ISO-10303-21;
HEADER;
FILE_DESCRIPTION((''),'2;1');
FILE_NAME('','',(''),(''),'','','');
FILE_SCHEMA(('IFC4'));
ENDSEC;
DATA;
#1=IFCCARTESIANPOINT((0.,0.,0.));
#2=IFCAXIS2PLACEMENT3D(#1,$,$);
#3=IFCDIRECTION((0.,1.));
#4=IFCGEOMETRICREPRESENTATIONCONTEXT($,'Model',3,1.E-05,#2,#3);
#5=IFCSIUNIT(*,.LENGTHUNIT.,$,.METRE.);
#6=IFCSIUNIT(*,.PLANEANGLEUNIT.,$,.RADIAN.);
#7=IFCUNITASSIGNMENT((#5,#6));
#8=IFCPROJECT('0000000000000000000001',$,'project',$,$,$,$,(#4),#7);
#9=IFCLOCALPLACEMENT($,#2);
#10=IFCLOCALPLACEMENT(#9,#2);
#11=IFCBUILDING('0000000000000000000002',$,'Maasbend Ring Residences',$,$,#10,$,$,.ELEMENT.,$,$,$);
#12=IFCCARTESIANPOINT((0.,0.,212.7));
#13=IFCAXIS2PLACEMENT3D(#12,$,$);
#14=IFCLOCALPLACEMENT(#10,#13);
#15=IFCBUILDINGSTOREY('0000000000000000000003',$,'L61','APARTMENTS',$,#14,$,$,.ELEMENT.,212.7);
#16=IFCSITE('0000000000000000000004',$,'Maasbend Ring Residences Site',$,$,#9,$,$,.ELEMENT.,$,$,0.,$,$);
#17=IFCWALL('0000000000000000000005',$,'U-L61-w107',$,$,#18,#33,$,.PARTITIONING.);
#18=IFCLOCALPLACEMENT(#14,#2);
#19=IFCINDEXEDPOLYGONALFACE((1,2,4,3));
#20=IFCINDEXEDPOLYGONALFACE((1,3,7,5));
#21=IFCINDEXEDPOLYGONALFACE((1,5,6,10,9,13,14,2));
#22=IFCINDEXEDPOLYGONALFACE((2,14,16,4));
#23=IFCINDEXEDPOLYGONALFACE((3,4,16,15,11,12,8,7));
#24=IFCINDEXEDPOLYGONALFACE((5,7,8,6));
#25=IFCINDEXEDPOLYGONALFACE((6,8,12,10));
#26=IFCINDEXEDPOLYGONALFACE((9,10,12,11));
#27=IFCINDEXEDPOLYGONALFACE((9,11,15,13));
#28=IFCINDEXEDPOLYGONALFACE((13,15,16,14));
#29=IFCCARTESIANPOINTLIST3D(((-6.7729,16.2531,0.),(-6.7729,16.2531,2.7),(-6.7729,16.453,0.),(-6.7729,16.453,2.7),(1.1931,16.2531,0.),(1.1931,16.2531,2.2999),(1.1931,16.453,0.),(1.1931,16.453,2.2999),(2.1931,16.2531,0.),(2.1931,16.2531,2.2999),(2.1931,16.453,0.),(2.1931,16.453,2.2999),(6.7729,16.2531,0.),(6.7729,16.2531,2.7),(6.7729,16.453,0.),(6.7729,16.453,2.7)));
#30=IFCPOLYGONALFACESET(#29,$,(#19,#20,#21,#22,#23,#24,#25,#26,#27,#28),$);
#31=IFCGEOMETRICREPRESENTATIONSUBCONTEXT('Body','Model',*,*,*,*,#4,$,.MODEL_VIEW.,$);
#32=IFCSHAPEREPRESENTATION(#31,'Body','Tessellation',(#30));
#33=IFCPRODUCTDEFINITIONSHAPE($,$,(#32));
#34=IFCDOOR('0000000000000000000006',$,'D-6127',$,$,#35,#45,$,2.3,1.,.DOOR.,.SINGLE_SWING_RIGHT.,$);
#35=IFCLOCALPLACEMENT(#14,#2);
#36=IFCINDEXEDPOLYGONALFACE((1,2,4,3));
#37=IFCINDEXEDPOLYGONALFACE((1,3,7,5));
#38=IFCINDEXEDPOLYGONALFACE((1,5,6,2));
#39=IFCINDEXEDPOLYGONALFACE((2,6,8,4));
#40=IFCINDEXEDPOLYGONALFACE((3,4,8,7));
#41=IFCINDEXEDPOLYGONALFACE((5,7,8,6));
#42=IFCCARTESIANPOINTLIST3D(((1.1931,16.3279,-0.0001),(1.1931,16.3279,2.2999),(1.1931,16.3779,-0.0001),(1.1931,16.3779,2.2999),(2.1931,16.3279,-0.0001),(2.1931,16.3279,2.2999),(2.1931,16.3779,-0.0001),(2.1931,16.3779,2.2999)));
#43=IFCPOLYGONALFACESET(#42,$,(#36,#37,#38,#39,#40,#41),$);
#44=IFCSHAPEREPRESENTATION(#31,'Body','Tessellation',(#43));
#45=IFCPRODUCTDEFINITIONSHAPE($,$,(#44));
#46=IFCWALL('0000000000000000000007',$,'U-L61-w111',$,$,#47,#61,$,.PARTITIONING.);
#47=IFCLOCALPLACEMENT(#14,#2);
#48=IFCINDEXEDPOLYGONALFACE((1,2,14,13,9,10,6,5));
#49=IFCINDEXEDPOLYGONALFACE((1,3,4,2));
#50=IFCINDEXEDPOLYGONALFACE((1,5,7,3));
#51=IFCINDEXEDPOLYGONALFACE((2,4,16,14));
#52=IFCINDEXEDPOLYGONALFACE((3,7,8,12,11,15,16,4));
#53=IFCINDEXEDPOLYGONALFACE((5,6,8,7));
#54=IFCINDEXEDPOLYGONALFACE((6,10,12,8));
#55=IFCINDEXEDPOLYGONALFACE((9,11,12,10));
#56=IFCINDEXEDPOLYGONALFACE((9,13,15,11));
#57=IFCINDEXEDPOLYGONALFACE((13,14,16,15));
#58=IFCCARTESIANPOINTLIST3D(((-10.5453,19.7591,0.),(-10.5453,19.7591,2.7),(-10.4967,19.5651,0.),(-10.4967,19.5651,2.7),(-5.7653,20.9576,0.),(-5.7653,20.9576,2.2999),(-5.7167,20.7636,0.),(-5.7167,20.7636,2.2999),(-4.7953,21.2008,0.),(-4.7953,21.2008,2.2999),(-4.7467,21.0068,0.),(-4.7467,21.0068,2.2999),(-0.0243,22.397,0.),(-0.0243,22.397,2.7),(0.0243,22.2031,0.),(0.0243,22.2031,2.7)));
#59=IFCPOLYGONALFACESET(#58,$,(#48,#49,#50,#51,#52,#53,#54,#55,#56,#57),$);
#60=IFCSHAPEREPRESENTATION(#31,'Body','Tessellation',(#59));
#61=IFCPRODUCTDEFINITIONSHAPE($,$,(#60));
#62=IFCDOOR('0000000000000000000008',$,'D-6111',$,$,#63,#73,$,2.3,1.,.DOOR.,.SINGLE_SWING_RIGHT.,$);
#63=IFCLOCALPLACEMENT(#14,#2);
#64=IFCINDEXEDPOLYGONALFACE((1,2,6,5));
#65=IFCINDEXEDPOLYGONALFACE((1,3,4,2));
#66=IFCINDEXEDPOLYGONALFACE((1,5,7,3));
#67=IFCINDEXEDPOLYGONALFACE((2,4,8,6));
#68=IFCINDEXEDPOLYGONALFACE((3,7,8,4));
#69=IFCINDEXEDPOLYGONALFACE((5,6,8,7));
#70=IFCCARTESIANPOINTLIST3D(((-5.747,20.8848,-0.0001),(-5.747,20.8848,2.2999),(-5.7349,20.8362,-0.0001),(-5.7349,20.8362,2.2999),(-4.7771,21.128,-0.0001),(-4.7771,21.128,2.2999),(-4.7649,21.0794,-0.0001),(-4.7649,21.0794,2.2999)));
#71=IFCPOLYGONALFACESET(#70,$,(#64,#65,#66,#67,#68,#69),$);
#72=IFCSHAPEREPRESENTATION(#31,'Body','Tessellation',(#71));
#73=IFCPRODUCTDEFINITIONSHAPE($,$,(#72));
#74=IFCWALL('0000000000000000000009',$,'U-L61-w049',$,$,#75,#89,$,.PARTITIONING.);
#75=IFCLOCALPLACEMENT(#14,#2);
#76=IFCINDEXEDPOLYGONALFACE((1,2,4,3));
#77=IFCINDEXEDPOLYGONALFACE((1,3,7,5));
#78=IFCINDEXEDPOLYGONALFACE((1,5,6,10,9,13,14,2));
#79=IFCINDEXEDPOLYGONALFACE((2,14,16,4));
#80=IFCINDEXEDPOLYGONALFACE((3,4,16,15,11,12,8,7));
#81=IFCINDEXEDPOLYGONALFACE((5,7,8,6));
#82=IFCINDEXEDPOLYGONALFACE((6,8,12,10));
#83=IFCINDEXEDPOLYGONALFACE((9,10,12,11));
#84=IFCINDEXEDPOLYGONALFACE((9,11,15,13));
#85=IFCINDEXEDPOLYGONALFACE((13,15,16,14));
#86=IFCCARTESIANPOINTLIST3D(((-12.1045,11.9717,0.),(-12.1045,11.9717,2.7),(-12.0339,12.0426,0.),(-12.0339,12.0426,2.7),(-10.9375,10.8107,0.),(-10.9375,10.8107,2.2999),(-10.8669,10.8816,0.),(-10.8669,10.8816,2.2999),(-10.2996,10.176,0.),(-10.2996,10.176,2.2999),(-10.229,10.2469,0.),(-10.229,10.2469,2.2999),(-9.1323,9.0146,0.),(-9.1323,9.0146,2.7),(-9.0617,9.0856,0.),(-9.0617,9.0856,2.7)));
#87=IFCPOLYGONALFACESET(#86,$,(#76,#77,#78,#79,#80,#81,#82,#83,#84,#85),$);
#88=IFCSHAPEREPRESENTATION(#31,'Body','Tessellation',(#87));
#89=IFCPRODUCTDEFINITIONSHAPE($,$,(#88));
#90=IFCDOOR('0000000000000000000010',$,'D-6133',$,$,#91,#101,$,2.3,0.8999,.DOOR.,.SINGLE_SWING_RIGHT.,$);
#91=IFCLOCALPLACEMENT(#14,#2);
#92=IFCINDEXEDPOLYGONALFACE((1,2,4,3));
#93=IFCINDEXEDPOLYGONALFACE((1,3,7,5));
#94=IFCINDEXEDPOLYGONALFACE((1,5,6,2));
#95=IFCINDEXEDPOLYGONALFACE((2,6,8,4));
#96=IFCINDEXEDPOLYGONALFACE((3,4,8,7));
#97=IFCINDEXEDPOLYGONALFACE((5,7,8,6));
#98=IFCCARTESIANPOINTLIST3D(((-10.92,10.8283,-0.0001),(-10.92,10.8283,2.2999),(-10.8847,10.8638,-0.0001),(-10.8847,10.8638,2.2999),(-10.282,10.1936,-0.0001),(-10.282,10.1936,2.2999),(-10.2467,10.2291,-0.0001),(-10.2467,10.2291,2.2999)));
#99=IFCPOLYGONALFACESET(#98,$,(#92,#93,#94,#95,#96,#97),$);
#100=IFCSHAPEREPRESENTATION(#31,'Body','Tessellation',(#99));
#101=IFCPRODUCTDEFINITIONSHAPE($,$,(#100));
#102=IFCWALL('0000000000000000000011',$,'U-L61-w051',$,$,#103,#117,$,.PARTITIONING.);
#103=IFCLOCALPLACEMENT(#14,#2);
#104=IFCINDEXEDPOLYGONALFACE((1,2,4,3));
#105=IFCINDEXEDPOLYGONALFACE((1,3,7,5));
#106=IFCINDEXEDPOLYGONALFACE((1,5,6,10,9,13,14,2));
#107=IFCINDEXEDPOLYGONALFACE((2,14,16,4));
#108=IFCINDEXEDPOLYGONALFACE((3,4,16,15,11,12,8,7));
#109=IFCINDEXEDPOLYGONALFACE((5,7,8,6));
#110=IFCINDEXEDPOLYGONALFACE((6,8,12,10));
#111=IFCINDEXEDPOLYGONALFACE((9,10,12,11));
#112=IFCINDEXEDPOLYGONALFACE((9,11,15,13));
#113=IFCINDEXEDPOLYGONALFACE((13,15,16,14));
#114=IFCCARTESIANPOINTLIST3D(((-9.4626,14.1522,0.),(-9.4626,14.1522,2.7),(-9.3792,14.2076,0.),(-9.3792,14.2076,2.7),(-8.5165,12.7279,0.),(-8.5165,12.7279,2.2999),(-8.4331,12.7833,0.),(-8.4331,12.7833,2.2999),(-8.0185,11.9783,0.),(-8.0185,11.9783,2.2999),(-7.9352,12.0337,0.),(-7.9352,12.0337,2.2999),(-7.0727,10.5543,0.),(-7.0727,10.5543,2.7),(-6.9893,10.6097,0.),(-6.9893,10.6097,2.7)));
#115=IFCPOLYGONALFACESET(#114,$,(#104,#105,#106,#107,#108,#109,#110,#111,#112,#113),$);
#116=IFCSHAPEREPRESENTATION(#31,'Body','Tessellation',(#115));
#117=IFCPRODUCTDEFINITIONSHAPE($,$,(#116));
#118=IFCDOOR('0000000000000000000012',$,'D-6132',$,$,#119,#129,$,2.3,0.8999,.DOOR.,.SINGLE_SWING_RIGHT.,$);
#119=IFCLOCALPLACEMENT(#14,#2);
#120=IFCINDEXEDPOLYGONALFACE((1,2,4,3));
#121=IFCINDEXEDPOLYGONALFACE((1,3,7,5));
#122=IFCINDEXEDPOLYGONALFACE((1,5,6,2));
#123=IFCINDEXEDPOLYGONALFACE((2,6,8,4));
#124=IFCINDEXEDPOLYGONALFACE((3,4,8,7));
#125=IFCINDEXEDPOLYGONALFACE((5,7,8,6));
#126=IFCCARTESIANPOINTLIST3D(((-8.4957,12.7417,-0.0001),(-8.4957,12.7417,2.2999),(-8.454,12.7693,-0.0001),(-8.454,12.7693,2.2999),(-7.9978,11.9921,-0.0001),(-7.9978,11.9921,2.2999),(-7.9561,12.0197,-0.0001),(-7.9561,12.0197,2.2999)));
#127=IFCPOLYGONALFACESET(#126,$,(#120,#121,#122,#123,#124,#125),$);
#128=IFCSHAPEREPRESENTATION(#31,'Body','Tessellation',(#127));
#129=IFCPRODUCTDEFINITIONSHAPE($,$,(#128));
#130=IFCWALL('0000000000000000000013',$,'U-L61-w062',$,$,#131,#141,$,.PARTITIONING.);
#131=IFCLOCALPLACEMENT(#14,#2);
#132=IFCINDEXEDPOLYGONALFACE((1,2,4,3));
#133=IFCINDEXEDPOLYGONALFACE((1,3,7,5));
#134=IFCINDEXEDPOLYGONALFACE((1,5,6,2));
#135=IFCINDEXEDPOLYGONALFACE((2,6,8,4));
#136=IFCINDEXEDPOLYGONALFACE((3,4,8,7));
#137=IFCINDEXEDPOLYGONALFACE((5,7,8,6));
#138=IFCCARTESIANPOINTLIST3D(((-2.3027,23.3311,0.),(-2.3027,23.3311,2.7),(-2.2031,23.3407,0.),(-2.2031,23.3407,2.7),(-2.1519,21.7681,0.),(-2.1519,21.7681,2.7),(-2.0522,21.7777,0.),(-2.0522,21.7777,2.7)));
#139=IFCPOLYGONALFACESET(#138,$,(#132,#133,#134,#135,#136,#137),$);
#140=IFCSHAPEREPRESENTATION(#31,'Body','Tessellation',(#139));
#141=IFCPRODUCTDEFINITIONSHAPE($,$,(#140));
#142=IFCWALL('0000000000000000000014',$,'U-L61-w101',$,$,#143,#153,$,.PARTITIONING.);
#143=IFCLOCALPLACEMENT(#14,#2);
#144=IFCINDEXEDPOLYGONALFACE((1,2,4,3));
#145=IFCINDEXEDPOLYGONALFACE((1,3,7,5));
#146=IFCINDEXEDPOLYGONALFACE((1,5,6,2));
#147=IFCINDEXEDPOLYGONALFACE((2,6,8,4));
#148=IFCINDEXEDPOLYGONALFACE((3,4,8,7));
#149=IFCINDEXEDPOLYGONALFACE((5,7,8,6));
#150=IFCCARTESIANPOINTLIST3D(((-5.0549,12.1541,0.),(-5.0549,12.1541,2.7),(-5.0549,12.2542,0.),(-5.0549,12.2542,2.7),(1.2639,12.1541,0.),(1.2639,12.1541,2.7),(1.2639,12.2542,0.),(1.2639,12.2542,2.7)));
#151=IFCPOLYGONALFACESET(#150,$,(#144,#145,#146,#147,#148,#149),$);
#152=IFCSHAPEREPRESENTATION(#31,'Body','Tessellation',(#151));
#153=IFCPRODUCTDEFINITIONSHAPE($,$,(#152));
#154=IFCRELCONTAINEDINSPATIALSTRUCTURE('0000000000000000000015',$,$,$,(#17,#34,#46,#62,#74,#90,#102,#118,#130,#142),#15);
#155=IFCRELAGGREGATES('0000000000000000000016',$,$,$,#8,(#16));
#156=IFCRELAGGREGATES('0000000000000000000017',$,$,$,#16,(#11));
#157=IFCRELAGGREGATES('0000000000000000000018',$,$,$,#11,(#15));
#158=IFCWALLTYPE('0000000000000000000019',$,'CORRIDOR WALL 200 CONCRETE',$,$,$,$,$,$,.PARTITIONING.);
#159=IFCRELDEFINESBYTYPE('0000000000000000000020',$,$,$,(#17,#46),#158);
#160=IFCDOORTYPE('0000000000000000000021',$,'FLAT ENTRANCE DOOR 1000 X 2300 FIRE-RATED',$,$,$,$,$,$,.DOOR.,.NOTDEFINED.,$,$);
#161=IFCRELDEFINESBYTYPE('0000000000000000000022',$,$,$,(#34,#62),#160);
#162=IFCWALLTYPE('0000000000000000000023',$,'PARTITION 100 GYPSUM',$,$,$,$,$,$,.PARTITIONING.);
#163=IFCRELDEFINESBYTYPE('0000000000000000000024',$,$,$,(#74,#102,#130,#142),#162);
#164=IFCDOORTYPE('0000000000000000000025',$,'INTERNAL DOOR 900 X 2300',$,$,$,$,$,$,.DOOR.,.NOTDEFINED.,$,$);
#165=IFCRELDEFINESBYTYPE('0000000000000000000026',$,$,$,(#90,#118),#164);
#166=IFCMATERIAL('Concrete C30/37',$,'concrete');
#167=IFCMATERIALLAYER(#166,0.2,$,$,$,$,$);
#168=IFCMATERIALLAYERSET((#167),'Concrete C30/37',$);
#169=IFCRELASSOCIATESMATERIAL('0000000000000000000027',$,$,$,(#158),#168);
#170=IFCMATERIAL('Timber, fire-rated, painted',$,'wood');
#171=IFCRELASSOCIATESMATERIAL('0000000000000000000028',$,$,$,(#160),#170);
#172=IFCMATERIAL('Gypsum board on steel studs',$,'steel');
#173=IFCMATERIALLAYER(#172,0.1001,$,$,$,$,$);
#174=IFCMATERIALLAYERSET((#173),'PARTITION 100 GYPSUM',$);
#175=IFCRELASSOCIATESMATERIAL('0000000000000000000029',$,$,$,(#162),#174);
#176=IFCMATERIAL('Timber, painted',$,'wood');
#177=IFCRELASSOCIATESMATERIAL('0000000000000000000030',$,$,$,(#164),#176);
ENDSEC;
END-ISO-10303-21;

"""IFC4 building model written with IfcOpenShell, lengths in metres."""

from ifc_helpers import new_model, si_unit, direction, frame, frame_2d, origin, place, context, subcontext, project, spatial, rectangle, extrude, material, layer, layer_set, type_object, element, fill, save


model = new_model("IFC4")

# Units and contexts
model_context = context("Model", 3, precision=1e-05, world=origin(), true_north=direction((0.0, 1.0)))
body_context = subcontext(model_context, "Body", "Model", "MODEL_VIEW")
ifc_project = project(units=[si_unit("LENGTHUNIT", "METRE"), si_unit("PLANEANGLEUNIT", "RADIAN")], contexts=[model_context])

# Site, building, storey
site_placement = place(None, origin())
site = spatial("IfcSite", under=ifc_project, at=site_placement, Name="Maasbend Ring Residences Site", CompositionType="ELEMENT", RefElevation=0.0)
building_placement = place(site_placement, origin())
building = spatial("IfcBuilding", under=site, at=building_placement, Name="Maasbend Ring Residences", CompositionType="ELEMENT")
storey_placement = place(building_placement, frame((0.0, 0.0, 212.7)))
storey = spatial("IfcBuildingStorey", under=building, at=storey_placement, Name="L61", Description="APARTMENTS", CompositionType="ELEMENT", Elevation=212.7)

# Walls, openings, doors
ifc_material_1 = material(Name="Concrete C30/37", Category="concrete")
ifc_layer_1 = layer(ifc_material_1, 0.2)
ifc_layer_set_1 = layer_set([ifc_layer_1], Name="Concrete C30/37")
wall_type_1 = type_object("IfcWallType", Name="CORRIDOR WALL 200 CONCRETE", PredefinedType="PARTITIONING", material=ifc_layer_set_1)
wall_1_placement = place(storey_placement, frame((-6.7729, 16.353, 0.0), z_axis=(0.0, 0.0, 1.0), x_axis=(1.0, 0.0, 0.0)))
wall_1 = element("IfcWall", 1, at=wall_1_placement, inside=storey, type_object=wall_type_1, Name="U-L61-w107", PredefinedType="PARTITIONING", context=body_context, shape_type="SweptSolid", body=[
    extrude(rectangle(XDim=13.5459, YDim=0.2, at=frame_2d((6.7729, 0.0))), origin(), (0.0, 0.0, 1.0), 2.7),
])
opening_1_placement = place(wall_1_placement, frame((7.9661, 0.0, 0.0)))
opening_1 = element("IfcOpeningElement", 2, at=opening_1_placement, cuts=wall_1, PredefinedType="OPENING", context=body_context, shape_type="SweptSolid", body=[
    extrude(rectangle(XDim=1.0, YDim=2.3, at=frame_2d((0.5, 1.1499))), frame((0.0, 0.1099, 0.0), z_axis=(0.0, -1.0, 0.0), x_axis=(1.0, 0.0, 0.0)), (0.0, 0.0, 1.0), 0.22),
])
ifc_material_2 = material(Name="Timber, fire-rated, painted", Category="wood")
door_type_1 = type_object("IfcDoorType", Name="FLAT ENTRANCE DOOR 1000 X 2300 FIRE-RATED", OperationType="NOTDEFINED", PredefinedType="DOOR", material=ifc_material_2)
door_1_placement = place(opening_1_placement, origin())
door_1 = element("IfcDoor", 3, at=door_1_placement, inside=storey, type_object=door_type_1, Name="D-6127", OperationType="SINGLE_SWING_RIGHT", OverallHeight=2.3, OverallWidth=1.0, PredefinedType="DOOR", context=body_context, shape_type="SweptSolid", body=[
    extrude(rectangle(XDim=1.0, YDim=2.3, at=frame_2d((0.5, 1.1499))), frame((0.0, 0.0249, 0.0), z_axis=(0.0, -1.0, 0.0), x_axis=(1.0, 0.0, 0.0)), (0.0, 0.0, 1.0), 0.05),
])
fill(opening_1, door_1)
wall_2_placement = place(storey_placement, frame((-10.521, 19.6621, 0.0), z_axis=(0.0, 0.0, 1.0), x_axis=(0.969975, 0.243203, 0.0)))
wall_2 = element("IfcWall", 4, at=wall_2_placement, inside=storey, type_object=wall_type_1, Name="U-L61-w111", PredefinedType="PARTITIONING", context=body_context, shape_type="SweptSolid", body=[
    extrude(rectangle(XDim=10.8467, YDim=0.2, at=frame_2d((5.4233, 0.0))), origin(), (0.0, 0.0, 1.0), 2.7),
])
opening_2_placement = place(wall_2_placement, frame((4.928, 0.0, 0.0)))
opening_2 = element("IfcOpeningElement", 5, at=opening_2_placement, cuts=wall_2, PredefinedType="OPENING", context=body_context, shape_type="SweptSolid", body=[
    extrude(rectangle(XDim=1.0, YDim=2.3, at=frame_2d((0.5, 1.1499))), frame((0.0, 0.1099, 0.0), z_axis=(0.0, -1.0, 0.0), x_axis=(1.0, 0.0, 0.0)), (0.0, 0.0, 1.0), 0.22),
])
door_2_placement = place(opening_2_placement, origin())
door_2 = element("IfcDoor", 6, at=door_2_placement, inside=storey, type_object=door_type_1, Name="D-6111", OperationType="SINGLE_SWING_RIGHT", OverallHeight=2.3, OverallWidth=1.0, PredefinedType="DOOR", context=body_context, shape_type="SweptSolid", body=[
    extrude(rectangle(XDim=1.0, YDim=2.3, at=frame_2d((0.5, 1.1499))), frame((0.0, 0.0249, 0.0), z_axis=(0.0, -1.0, 0.0), x_axis=(1.0, 0.0, 0.0)), (0.0, 0.0, 1.0), 0.05),
])
fill(opening_2, door_2)
ifc_material_3 = material(Name="Gypsum board on steel studs", Category="steel")
ifc_layer_2 = layer(ifc_material_3, 0.1001)
ifc_layer_set_2 = layer_set([ifc_layer_2], Name="PARTITION 100 GYPSUM")
wall_type_2 = type_object("IfcWallType", Name="PARTITION 100 GYPSUM", PredefinedType="PARTITIONING", material=ifc_layer_set_2)
wall_3_placement = place(storey_placement, frame((-12.0691, 12.0071, 0.0), z_axis=(0.0, 0.0, 1.0), x_axis=(0.70891, -0.705299, 0.0)))
wall_3 = element("IfcWall", 7, at=wall_3_placement, inside=storey, type_object=wall_type_2, Name="U-L61-w049", PredefinedType="PARTITIONING", context=body_context, shape_type="SweptSolid", body=[
    extrude(rectangle(XDim=4.1926, YDim=0.1001, at=frame_2d((2.0962, 0.0))), origin(), (0.0, 0.0, 1.0), 2.7),
])
opening_3_placement = place(wall_3_placement, frame((1.646, 0.0, 0.0)))
opening_3 = element("IfcOpeningElement", 8, at=opening_3_placement, cuts=wall_3, PredefinedType="OPENING", context=body_context, shape_type="SweptSolid", body=[
    extrude(rectangle(XDim=0.8999, YDim=2.3, at=frame_2d((0.45, 1.1499))), frame((0.0, 0.0601, 0.0), z_axis=(0.0, -1.0, 0.0), x_axis=(1.0, 0.0, 0.0)), (0.0, 0.0, 1.0), 0.1201),
])
ifc_material_4 = material(Name="Timber, painted", Category="wood")
door_type_2 = type_object("IfcDoorType", Name="INTERNAL DOOR 900 X 2300", OperationType="NOTDEFINED", PredefinedType="DOOR", material=ifc_material_4)
door_3_placement = place(opening_3_placement, origin())
door_3 = element("IfcDoor", 9, at=door_3_placement, inside=storey, type_object=door_type_2, Name="D-6133", OperationType="SINGLE_SWING_RIGHT", OverallHeight=2.3, OverallWidth=0.8999, PredefinedType="DOOR", context=body_context, shape_type="SweptSolid", body=[
    extrude(rectangle(XDim=0.8999, YDim=2.3, at=frame_2d((0.45, 1.1499))), frame((0.0, 0.0249, 0.0), z_axis=(0.0, -1.0, 0.0), x_axis=(1.0, 0.0, 0.0)), (0.0, 0.0, 1.0), 0.05),
])
fill(opening_3, door_3)
wall_4_placement = place(storey_placement, frame((-9.4209, 14.1799, 0.0), z_axis=(0.0, 0.0, 1.0), x_axis=(0.553304, -0.83298, 0.0)))
wall_4 = element("IfcWall", 10, at=wall_4_placement, inside=storey, type_object=wall_type_2, Name="U-L61-w051", PredefinedType="PARTITIONING", context=body_context, shape_type="SweptSolid", body=[
    extrude(rectangle(XDim=4.3193, YDim=0.1001, at=frame_2d((2.1597, 0.0))), origin(), (0.0, 0.0, 1.0), 2.7),
])
opening_4_placement = place(wall_4_placement, frame((1.71, 0.0, 0.0)))
opening_4 = element("IfcOpeningElement", 11, at=opening_4_placement, cuts=wall_4, PredefinedType="OPENING", context=body_context, shape_type="SweptSolid", body=[
    extrude(rectangle(XDim=0.8999, YDim=2.3, at=frame_2d((0.45, 1.1499))), frame((0.0, 0.0601, 0.0), z_axis=(0.0, -1.0, 0.0), x_axis=(1.0, 0.0, 0.0)), (0.0, 0.0, 1.0), 0.1201),
])
door_4_placement = place(opening_4_placement, origin())
door_4 = element("IfcDoor", 12, at=door_4_placement, inside=storey, type_object=door_type_2, Name="D-6132", OperationType="SINGLE_SWING_RIGHT", OverallHeight=2.3, OverallWidth=0.8999, PredefinedType="DOOR", context=body_context, shape_type="SweptSolid", body=[
    extrude(rectangle(XDim=0.8999, YDim=2.3, at=frame_2d((0.45, 1.1499))), frame((0.0, 0.0249, 0.0), z_axis=(0.0, -1.0, 0.0), x_axis=(1.0, 0.0, 0.0)), (0.0, 0.0, 1.0), 0.05),
])
fill(opening_4, door_4)

# Walls
wall_5_placement = place(storey_placement, frame((-2.2529, 23.3359, 0.0), z_axis=(0.0, 0.0, 1.0), x_axis=(0.096086, -0.995373, 0.0)))
element("IfcWall", 13, at=wall_5_placement, inside=storey, type_object=wall_type_2, Name="U-L61-w062", PredefinedType="PARTITIONING", context=body_context, shape_type="SweptSolid", body=[
    extrude(rectangle(XDim=1.5703, YDim=0.1001, at=frame_2d((0.7852, 0.0))), origin(), (0.0, 0.0, 1.0), 2.7),
])
wall_6_placement = place(storey_placement, frame((-5.0549, 12.2041, 0.0), z_axis=(0.0, 0.0, 1.0), x_axis=(1.0, 0.0, 0.0)))
element("IfcWall", 14, at=wall_6_placement, inside=storey, type_object=wall_type_2, Name="U-L61-w101", PredefinedType="PARTITIONING", context=body_context, shape_type="SweptSolid", body=[
    extrude(rectangle(XDim=6.3188, YDim=0.1001, at=frame_2d((3.1594, 0.0))), origin(), (0.0, 0.0, 1.0), 2.7),
])

save(model, "model.ifc")
